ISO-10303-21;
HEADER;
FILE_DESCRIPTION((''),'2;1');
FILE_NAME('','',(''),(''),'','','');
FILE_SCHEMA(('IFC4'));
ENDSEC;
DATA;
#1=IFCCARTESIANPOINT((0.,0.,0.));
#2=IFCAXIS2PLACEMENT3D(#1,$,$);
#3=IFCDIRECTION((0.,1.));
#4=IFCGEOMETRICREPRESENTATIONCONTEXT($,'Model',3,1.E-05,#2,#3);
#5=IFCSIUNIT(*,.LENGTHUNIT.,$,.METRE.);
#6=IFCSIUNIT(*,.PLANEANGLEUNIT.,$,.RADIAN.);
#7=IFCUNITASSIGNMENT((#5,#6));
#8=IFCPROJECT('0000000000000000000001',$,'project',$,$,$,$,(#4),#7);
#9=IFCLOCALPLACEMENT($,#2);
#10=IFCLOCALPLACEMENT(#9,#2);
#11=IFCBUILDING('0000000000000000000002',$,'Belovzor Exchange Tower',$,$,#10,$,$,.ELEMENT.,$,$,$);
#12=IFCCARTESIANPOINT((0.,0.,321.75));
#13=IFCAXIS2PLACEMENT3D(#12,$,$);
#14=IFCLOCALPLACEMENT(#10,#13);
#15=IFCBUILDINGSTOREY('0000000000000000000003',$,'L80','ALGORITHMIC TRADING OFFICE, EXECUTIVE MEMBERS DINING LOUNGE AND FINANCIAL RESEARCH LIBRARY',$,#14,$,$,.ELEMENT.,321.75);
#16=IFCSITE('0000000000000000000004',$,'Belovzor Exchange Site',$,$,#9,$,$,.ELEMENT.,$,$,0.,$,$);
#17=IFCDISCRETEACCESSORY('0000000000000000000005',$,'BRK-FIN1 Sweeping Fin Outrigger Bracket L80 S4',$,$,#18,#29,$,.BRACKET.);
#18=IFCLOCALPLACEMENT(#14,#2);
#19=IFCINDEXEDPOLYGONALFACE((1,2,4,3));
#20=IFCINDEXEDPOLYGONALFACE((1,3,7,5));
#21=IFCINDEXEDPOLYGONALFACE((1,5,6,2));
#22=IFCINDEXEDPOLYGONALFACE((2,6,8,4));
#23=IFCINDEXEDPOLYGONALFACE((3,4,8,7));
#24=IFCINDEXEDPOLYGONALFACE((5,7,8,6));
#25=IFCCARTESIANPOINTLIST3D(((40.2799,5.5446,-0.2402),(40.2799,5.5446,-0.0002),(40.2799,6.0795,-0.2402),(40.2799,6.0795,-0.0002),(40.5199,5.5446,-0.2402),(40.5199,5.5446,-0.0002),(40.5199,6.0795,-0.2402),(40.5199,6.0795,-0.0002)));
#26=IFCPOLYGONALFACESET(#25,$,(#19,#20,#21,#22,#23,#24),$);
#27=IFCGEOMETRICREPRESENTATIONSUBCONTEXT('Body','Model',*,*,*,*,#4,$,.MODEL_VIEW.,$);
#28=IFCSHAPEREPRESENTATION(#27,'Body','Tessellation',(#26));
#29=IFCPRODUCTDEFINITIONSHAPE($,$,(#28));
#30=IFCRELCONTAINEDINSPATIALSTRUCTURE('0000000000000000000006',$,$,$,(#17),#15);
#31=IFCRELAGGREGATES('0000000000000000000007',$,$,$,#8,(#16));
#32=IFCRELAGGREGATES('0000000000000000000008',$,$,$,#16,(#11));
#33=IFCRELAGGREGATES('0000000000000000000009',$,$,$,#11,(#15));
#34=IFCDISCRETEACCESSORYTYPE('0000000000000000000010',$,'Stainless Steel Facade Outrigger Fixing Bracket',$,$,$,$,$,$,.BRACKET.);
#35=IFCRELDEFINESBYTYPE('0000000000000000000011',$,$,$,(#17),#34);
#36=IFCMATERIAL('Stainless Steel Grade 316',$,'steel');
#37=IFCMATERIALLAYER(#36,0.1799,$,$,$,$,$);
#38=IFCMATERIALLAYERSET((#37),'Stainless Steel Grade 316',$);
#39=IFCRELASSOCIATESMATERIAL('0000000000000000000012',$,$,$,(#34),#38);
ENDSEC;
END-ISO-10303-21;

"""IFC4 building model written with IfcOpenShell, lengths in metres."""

from ifc_helpers import new_model, si_unit, direction, frame, origin, origin_2d, place, context, subcontext, project, spatial, rectangle, extrude, material, layer, layer_set, type_object, element, save


model = new_model("IFC4")

# Units and contexts
model_context = context("Model", 3, precision=1e-05, world=origin(), true_north=direction((0.0, 1.0)))
body_context = subcontext(model_context, "Body", "Model", "MODEL_VIEW")
ifc_project = project(units=[si_unit("LENGTHUNIT", "METRE"), si_unit("PLANEANGLEUNIT", "RADIAN")], contexts=[model_context])

# Site, building, storey
site_placement = place(None, origin())
site = spatial("IfcSite", under=ifc_project, at=site_placement, Name="Belovzor Exchange Site", CompositionType="ELEMENT", RefElevation=0.0)
building_placement = place(site_placement, origin())
building = spatial("IfcBuilding", under=site, at=building_placement, Name="Belovzor Exchange Tower", CompositionType="ELEMENT")
storey_placement = place(building_placement, frame((0.0, 0.0, 321.75)))
storey = spatial("IfcBuildingStorey", under=building, at=storey_placement, Name="L80", Description="ALGORITHMIC TRADING OFFICE, EXECUTIVE MEMBERS DINING LOUNGE AND FINANCIAL RESEARCH LIBRARY", CompositionType="ELEMENT", Elevation=321.75)

# Discrete accessory
ifc_material_1 = material(Name="Stainless Steel Grade 316", Category="steel")
ifc_layer_1 = layer(ifc_material_1, 0.1799)
ifc_layer_set_1 = layer_set([ifc_layer_1], Name="Stainless Steel Grade 316")
discrete_accessory_type = type_object("IfcDiscreteAccessoryType", Name="Stainless Steel Facade Outrigger Fixing Bracket", PredefinedType="BRACKET", material=ifc_layer_set_1)
for number, where, z_axis, x_axis, name in (
    (1, (40.3999, 5.812, -0.2402), (0.0, 0.0, 1.0), (0.0, 1.0, 0.0), "BRK-FIN1 Sweeping Fin Outrigger Bracket L80 S4"),
):
    element("IfcDiscreteAccessory", number, at=place(storey_placement, frame(where, z_axis=z_axis, x_axis=x_axis)), inside=storey, type_object=discrete_accessory_type, Name=name, PredefinedType="BRACKET", context=body_context, shape_type="SweptSolid", body=[
        extrude(rectangle(XDim=0.5349, YDim=0.24, at=origin_2d()), origin(), (0.0, 0.0, 1.0), 0.24),
    ])

save(model, "model.ifc")
